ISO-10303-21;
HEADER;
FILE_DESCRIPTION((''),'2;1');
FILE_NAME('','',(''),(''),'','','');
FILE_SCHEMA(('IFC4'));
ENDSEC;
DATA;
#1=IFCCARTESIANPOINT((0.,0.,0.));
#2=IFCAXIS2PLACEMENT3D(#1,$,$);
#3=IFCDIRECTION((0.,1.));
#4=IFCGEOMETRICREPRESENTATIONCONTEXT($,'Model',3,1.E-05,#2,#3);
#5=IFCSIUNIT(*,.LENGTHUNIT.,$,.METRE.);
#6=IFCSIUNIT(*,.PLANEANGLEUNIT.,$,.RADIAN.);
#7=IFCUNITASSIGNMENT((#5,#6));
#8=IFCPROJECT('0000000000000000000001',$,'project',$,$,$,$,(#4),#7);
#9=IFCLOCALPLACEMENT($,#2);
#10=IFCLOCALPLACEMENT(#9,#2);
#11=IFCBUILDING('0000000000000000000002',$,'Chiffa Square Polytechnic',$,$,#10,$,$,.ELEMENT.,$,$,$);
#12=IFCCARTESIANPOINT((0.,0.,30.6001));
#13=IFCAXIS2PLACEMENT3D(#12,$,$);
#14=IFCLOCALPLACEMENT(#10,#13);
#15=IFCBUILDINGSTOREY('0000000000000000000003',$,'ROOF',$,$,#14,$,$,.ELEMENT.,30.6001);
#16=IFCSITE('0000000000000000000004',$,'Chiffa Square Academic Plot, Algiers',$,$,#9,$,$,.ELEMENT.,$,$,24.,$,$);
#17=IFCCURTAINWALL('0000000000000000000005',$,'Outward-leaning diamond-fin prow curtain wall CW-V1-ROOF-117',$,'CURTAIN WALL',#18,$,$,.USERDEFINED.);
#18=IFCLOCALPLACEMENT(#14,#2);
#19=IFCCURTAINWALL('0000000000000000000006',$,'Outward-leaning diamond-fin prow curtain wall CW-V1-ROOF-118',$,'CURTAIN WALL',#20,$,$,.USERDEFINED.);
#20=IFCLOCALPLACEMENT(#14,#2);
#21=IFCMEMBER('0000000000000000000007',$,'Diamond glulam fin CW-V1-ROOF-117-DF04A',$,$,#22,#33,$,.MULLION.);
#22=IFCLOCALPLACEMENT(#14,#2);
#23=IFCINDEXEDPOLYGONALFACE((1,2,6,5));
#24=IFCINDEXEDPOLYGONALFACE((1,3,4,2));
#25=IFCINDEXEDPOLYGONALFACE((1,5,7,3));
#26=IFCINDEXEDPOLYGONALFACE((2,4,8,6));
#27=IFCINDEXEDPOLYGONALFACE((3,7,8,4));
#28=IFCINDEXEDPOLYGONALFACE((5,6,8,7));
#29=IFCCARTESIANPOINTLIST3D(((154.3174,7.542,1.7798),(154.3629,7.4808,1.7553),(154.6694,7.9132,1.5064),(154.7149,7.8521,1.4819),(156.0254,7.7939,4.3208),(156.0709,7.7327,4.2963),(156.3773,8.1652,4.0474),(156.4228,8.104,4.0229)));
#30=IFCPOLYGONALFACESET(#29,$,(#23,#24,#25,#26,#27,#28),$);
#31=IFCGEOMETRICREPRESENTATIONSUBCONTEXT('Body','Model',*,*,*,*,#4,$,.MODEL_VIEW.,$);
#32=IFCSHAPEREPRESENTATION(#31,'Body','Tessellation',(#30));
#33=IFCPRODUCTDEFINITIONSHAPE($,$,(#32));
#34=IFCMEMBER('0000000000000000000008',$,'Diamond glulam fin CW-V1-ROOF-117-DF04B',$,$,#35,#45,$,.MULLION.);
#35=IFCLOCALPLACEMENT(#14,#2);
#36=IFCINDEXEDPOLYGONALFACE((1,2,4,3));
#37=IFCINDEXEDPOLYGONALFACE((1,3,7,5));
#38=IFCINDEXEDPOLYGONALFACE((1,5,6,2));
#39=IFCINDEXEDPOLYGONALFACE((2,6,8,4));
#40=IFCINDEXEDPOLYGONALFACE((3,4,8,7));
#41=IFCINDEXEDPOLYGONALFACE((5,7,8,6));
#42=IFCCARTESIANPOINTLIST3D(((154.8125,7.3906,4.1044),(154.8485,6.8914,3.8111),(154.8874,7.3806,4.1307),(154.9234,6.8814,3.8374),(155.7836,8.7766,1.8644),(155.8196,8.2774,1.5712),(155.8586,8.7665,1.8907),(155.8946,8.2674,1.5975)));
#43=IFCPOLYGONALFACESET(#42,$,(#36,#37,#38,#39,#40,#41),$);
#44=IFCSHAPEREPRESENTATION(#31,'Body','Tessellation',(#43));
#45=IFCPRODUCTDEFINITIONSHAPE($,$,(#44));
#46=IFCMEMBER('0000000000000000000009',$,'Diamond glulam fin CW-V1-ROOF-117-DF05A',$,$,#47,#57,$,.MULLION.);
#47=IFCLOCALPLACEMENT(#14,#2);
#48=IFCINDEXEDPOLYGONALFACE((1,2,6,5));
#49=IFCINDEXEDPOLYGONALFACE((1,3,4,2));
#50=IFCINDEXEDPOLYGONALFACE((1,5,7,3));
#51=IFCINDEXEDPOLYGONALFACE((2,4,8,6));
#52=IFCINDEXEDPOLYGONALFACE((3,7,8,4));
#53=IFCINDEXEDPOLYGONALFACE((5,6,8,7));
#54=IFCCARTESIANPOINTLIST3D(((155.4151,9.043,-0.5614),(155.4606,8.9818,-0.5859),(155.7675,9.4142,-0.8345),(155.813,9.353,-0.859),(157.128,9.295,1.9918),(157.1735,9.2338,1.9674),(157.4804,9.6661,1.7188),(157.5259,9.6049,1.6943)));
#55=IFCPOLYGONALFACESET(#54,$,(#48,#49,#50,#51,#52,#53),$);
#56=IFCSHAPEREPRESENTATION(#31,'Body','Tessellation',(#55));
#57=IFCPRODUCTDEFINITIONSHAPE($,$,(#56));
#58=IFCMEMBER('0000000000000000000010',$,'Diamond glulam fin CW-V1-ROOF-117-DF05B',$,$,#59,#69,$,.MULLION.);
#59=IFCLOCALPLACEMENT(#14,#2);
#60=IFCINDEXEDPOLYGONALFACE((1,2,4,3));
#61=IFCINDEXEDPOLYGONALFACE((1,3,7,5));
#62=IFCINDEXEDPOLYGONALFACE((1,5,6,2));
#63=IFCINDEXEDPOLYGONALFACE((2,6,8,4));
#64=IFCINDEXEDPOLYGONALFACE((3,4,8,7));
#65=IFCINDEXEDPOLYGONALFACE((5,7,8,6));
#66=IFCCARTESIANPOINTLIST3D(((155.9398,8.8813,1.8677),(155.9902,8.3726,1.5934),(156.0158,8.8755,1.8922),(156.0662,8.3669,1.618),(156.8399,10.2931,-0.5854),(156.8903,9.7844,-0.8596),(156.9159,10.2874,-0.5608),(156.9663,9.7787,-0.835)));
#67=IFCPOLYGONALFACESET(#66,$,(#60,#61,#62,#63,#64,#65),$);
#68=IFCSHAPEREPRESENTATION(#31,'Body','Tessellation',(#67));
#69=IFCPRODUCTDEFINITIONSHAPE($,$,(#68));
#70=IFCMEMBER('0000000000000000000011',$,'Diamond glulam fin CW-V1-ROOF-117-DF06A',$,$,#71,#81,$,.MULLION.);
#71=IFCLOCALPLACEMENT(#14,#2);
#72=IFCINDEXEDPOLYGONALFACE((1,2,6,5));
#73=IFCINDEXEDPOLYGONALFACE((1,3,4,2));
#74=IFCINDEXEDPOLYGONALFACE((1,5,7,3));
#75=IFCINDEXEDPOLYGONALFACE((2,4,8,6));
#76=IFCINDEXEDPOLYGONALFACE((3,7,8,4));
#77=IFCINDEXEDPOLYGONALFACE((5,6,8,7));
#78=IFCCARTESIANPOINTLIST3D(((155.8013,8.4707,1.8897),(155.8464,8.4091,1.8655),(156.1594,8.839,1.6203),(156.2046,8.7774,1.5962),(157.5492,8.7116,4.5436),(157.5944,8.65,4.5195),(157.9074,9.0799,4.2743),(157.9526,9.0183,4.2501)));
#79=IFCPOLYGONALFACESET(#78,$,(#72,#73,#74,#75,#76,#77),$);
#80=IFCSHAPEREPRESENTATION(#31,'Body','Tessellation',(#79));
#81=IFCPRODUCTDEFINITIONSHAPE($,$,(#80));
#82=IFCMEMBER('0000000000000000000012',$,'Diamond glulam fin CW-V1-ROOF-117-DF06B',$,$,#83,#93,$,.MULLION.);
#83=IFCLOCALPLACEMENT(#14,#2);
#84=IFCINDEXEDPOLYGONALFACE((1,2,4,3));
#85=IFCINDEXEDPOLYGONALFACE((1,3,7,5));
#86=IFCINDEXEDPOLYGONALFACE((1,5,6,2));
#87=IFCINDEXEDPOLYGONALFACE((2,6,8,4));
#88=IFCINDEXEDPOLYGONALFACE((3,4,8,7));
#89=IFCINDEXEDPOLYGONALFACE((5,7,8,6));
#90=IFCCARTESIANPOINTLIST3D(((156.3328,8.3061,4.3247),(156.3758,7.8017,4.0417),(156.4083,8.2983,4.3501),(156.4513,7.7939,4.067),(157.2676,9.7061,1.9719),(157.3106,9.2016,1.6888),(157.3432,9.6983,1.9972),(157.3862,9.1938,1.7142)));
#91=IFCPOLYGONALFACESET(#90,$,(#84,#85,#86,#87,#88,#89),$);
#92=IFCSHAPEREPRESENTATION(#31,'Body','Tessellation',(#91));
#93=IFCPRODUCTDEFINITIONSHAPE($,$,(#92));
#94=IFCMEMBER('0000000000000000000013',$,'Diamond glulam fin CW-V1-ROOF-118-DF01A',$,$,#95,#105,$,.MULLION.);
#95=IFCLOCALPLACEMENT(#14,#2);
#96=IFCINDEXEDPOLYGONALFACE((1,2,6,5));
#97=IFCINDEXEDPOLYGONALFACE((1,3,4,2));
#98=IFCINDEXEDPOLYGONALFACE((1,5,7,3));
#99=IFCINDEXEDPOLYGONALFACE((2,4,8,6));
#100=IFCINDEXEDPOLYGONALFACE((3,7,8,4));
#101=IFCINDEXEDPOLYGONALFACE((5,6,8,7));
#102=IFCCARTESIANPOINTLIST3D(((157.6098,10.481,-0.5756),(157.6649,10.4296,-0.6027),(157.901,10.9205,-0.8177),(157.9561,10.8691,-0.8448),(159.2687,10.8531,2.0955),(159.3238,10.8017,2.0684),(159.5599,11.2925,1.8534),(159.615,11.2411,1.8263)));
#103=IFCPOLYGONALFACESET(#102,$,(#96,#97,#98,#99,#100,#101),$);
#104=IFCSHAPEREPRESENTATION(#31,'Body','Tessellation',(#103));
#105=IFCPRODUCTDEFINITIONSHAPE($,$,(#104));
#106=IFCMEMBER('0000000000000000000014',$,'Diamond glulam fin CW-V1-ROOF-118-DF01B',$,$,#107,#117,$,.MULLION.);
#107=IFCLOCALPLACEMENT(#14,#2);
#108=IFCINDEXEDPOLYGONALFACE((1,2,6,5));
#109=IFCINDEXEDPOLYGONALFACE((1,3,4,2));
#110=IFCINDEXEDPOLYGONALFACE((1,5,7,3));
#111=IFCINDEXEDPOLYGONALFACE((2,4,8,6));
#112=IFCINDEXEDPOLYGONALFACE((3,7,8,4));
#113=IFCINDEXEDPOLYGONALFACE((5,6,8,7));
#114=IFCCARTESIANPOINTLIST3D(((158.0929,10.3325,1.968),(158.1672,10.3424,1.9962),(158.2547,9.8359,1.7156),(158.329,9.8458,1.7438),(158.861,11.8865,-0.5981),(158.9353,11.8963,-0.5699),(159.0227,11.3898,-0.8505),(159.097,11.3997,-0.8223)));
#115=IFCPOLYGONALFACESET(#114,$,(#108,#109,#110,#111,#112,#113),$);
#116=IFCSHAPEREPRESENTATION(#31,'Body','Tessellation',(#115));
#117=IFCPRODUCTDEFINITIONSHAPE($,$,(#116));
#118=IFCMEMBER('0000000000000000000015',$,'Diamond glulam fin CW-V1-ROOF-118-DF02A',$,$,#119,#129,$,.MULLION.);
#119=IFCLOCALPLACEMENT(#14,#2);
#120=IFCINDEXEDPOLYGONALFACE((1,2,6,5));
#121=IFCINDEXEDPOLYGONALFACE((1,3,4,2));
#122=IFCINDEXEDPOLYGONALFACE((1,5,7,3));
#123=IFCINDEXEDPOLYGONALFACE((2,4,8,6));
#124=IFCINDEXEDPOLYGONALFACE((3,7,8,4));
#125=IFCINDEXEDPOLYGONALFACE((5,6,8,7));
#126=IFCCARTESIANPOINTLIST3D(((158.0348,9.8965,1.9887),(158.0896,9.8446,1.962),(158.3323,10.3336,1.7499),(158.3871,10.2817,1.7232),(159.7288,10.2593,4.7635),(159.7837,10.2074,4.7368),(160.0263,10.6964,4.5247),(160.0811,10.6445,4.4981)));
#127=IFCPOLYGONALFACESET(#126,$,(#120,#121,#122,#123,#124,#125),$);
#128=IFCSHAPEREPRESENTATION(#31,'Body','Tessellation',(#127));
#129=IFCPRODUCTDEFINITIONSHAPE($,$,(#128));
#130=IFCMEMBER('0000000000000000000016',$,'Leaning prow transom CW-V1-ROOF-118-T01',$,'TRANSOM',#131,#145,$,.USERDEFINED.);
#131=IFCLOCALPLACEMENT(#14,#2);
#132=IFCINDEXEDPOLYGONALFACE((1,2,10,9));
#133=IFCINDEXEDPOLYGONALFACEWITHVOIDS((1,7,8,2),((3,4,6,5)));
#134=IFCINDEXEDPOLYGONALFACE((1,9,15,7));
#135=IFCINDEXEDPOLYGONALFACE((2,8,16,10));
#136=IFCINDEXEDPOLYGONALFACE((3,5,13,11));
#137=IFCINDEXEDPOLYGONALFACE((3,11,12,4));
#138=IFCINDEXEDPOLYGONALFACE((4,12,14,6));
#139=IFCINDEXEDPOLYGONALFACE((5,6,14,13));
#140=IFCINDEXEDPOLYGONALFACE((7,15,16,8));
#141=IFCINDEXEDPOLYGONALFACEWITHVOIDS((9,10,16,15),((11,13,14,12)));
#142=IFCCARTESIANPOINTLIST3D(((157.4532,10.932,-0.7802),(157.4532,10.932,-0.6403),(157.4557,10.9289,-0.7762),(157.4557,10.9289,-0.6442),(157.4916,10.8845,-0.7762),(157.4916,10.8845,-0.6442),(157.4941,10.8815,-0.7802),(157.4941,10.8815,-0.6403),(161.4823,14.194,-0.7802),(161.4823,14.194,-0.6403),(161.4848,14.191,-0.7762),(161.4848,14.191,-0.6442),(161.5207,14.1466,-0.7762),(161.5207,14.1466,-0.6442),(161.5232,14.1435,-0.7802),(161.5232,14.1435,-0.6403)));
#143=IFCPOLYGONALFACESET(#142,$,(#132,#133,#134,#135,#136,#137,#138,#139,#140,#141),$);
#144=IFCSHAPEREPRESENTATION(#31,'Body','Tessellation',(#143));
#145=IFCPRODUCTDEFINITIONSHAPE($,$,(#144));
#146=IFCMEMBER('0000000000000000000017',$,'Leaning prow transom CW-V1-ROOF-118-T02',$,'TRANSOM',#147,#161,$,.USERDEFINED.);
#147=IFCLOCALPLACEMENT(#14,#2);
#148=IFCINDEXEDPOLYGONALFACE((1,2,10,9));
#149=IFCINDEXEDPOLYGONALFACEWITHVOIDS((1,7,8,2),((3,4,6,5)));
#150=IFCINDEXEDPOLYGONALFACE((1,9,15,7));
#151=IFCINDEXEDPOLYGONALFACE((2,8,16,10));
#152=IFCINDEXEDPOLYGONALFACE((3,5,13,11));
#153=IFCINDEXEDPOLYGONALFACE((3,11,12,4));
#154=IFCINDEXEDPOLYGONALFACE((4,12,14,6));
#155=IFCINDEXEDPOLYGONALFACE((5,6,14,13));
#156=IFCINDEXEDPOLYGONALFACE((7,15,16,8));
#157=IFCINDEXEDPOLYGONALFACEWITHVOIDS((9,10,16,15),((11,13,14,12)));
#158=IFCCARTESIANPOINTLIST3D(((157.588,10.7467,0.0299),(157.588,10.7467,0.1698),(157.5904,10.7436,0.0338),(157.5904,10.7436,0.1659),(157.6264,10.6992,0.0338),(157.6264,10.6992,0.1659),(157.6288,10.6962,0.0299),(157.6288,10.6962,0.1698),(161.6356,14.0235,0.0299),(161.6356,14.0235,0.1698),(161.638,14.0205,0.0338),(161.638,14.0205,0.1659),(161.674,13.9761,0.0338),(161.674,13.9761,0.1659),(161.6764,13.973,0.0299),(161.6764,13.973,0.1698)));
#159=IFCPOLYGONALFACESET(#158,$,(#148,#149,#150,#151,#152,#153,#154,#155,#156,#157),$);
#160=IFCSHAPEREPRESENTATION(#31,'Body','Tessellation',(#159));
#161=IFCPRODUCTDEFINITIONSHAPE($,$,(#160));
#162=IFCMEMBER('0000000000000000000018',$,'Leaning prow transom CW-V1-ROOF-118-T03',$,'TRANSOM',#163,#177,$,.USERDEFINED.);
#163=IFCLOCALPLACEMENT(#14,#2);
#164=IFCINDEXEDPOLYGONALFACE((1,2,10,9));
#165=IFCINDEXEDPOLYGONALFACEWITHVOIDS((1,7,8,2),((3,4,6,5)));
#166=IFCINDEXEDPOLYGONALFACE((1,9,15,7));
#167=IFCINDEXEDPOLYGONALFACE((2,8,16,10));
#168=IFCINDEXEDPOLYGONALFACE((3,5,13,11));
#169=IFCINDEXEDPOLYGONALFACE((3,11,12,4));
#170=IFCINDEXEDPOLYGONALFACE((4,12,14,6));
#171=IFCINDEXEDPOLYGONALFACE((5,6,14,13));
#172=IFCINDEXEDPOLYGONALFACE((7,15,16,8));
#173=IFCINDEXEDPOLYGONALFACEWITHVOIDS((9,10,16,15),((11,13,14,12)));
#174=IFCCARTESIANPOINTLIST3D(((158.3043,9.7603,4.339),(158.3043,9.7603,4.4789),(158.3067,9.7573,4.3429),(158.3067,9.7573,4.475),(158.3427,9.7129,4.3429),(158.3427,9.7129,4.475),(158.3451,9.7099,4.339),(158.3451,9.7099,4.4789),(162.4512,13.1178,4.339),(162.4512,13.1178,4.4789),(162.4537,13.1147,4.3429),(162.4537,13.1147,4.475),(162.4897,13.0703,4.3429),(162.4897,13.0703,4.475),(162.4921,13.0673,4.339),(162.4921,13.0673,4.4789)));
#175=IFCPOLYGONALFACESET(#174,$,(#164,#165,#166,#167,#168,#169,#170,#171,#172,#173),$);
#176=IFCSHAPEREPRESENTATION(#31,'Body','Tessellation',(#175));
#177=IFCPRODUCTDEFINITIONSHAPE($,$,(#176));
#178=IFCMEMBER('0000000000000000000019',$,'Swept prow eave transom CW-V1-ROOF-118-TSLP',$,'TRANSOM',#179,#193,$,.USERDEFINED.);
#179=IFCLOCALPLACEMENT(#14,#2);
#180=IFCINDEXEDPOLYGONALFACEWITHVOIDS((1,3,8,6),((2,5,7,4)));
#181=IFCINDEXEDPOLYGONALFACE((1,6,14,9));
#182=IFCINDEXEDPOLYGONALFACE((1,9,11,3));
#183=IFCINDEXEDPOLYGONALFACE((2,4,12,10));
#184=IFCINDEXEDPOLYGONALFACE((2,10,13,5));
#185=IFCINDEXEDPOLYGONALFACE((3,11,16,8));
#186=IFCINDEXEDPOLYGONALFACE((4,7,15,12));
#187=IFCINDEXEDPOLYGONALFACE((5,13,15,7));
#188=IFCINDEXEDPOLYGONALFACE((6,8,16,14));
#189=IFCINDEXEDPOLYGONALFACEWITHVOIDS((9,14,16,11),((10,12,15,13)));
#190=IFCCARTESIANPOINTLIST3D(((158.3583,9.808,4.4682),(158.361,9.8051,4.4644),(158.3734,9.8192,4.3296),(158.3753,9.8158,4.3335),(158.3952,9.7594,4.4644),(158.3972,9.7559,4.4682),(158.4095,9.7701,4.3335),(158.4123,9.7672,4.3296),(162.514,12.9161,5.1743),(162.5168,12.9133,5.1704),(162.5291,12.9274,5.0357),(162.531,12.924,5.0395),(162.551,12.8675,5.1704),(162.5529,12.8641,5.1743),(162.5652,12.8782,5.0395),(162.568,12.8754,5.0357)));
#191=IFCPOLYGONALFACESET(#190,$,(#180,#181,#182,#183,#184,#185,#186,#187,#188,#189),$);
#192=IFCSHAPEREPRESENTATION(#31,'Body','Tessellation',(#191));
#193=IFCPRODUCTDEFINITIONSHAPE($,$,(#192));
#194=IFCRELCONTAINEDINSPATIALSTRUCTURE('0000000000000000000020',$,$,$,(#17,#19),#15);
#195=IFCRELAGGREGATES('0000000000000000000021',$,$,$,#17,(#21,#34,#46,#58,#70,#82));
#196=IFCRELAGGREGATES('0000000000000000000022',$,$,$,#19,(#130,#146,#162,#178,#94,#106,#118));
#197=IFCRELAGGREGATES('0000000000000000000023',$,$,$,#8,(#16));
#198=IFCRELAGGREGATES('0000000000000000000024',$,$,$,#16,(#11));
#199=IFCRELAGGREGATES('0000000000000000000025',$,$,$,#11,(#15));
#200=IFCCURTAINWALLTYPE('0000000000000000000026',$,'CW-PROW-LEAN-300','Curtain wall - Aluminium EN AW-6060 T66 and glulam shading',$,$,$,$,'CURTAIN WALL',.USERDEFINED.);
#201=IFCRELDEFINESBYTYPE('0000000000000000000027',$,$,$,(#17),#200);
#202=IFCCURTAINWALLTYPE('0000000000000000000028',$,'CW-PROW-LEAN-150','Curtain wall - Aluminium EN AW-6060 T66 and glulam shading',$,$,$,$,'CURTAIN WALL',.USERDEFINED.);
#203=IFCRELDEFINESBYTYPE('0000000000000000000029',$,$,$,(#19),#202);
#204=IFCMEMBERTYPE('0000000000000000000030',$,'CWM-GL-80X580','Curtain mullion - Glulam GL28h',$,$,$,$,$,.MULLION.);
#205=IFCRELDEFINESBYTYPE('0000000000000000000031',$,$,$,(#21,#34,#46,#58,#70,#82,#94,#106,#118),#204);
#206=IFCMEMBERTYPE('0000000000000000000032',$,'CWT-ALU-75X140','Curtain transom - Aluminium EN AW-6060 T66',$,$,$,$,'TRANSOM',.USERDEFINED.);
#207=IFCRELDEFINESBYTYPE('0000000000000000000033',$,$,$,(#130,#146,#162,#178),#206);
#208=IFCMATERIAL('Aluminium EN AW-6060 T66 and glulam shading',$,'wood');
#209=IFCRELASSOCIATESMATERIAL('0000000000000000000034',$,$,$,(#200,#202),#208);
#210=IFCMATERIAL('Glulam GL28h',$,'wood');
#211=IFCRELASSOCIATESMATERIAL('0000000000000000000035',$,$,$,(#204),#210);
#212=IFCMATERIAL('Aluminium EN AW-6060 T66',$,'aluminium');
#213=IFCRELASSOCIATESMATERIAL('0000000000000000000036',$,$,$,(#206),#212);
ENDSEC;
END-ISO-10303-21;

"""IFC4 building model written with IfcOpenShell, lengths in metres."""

from ifc_helpers import new_model, si_unit, direction, frame, origin, origin_2d, place, context, subcontext, project, spatial, rectangle, hollow_rectangle, extrude, material, material_profile, profile_set, type_object, element, aggregate, save


model = new_model("IFC4")

# Units and contexts
model_context = context("Model", 3, precision=1e-05, world=origin(), true_north=direction((0.0, 1.0)))
body_context = subcontext(model_context, "Body", "Model", "MODEL_VIEW")
ifc_project = project(units=[si_unit("LENGTHUNIT", "METRE"), si_unit("PLANEANGLEUNIT", "RADIAN")], contexts=[model_context])

# Site, building, storey
site_placement = place(None, origin())
site = spatial("IfcSite", under=ifc_project, at=site_placement, Name="Chiffa Square Academic Plot, Algiers", CompositionType="ELEMENT", RefElevation=24.0)
building_placement = place(site_placement, origin())
building = spatial("IfcBuilding", under=site, at=building_placement, Name="Chiffa Square Polytechnic", CompositionType="ELEMENT")
storey_placement = place(building_placement, frame((0.0, 0.0, 30.6001)))
storey = spatial("IfcBuildingStorey", under=building, at=storey_placement, Name="ROOF", CompositionType="ELEMENT", Elevation=30.6001)

# Curtain walls
ifc_material_1 = material(Name="Aluminium EN AW-6060 T66 and glulam shading", Category="wood")
curtain_wall_type_1 = type_object("IfcCurtainWallType", Name="CW-PROW-LEAN-300", Description="Curtain wall - Aluminium EN AW-6060 T66 and glulam shading", ElementType="CURTAIN WALL", PredefinedType="USERDEFINED", material=ifc_material_1)
curtain_wall_1_placement = place(storey_placement, origin())
curtain_wall_1 = element("IfcCurtainWall", 1, at=curtain_wall_1_placement, inside=storey, type_object=curtain_wall_type_1, Name="Outward-leaning diamond-fin prow curtain wall CW-V1-ROOF-117", ObjectType="CURTAIN WALL", PredefinedType="USERDEFINED")
ifc_material_2 = material(Name="Aluminium EN AW-6060 T66", Category="aluminium")
curtain_wall_type_2 = type_object("IfcCurtainWallType", Name="CW-PROW-LEAN-150", Description="Curtain wall - Aluminium EN AW-6060 T66 and glulam shading", ElementType="CURTAIN WALL", PredefinedType="USERDEFINED", material=ifc_material_1)
curtain_wall_2_placement = place(storey_placement, origin())
curtain_wall_2 = element("IfcCurtainWall", 2, at=curtain_wall_2_placement, inside=storey, type_object=curtain_wall_type_2, Name="Outward-leaning diamond-fin prow curtain wall CW-V1-ROOF-118", ObjectType="CURTAIN WALL", PredefinedType="USERDEFINED")

# Members
ifc_material_3 = material(Name="Glulam GL28h", Category="wood")
ifc_material_profile_1 = material_profile(ifc_material_3, rectangle(XDim=0.0801, YDim=0.5801, at=origin_2d()), Name="GL28h 80x580")
ifc_profile_set_1 = profile_set([ifc_material_profile_1], Name="Glulam GL28h")
member_type_1 = type_object("IfcMemberType", Name="CWM-GL-80X580", Description="Curtain mullion - Glulam GL28h", PredefinedType="MULLION", material=ifc_profile_set_1)
member_1_placement = place(storey_placement, frame((154.5161, 7.697, 1.6309), z_axis=(0.555982, 0.082014, 0.827138), x_axis=(-0.568059, 0.76395, 0.306086)))
member_1 = element("IfcMember", 3, at=member_1_placement, type_object=member_type_1, Name="Diamond glulam fin CW-V1-ROOF-117-DF04A", PredefinedType="MULLION", context=body_context, shape_type="SweptSolid", body=[
    extrude(rectangle(XDim=0.0801, YDim=0.5801, at=origin_2d()), origin(), (0.0, 0.0, 1.0), 3.072),
])
member_2_placement = place(storey_placement, frame((155.8391, 8.522, 1.731), z_axis=(-0.345935, -0.493683, 0.797876), x_axis=(0.936206, -0.125399, 0.32832)))
member_2 = element("IfcMember", 4, at=member_2_placement, type_object=member_type_1, Name="Diamond glulam fin CW-V1-ROOF-117-DF04B", PredefinedType="MULLION", context=body_context, shape_type="SweptSolid", body=[
    extrude(rectangle(XDim=0.0801, YDim=0.5801, at=origin_2d()), origin(), (0.0, 0.0, 1.0), 2.8074),
])
member_3_placement = place(storey_placement, frame((155.614, 9.198, -0.7102), z_axis=(0.555255, 0.081674, 0.82766), x_axis=(-0.568026, 0.764143, 0.305668)))
member_3 = element("IfcMember", 5, at=member_3_placement, type_object=member_type_1, Name="Diamond glulam fin CW-V1-ROOF-117-DF05A", PredefinedType="MULLION", context=body_context, shape_type="SweptSolid", body=[
    extrude(rectangle(XDim=0.0801, YDim=0.5801, at=origin_2d()), origin(), (0.0, 0.0, 1.0), 3.085),
])
member_4_placement = place(storey_placement, frame((156.9031, 10.0359, -0.7102), z_axis=(-0.30307, -0.475361, 0.825942), x_axis=(0.949002, -0.071555, 0.307043)))
member_4 = element("IfcMember", 6, at=member_4_placement, type_object=member_type_1, Name="Diamond glulam fin CW-V1-ROOF-117-DF05B", PredefinedType="MULLION", context=body_context, shape_type="SweptSolid", body=[
    extrude(rectangle(XDim=0.0801, YDim=0.5801, at=origin_2d()), origin(), (0.0, 0.0, 1.0), 2.97),
])
member_5_placement = place(storey_placement, frame((156.0029, 8.624, 1.7429), z_axis=(0.548472, 0.075606, 0.832743), x_axis=(-0.563823, 0.768879, 0.301544)))
member_5 = element("IfcMember", 7, at=member_5_placement, type_object=member_type_1, Name="Diamond glulam fin CW-V1-ROOF-117-DF06A", PredefinedType="MULLION", context=body_context, shape_type="SweptSolid", body=[
    extrude(rectangle(XDim=0.0801, YDim=0.5801, at=origin_2d()), origin(), (0.0, 0.0, 1.0), 3.187),
])
member_6_placement = place(storey_placement, frame((157.3269, 9.45, 1.843), z_axis=(-0.323135, -0.4839, 0.81328), x_axis=(0.943443, -0.09738, 0.31691)))
member_6 = element("IfcMember", 8, at=member_6_placement, type_object=member_type_1, Name="Diamond glulam fin CW-V1-ROOF-117-DF06B", PredefinedType="MULLION", context=body_context, shape_type="SweptSolid", body=[
    extrude(rectangle(XDim=0.0801, YDim=0.5801, at=origin_2d()), origin(), (0.0, 0.0, 1.0), 2.8931),
])
member_7_placement = place(storey_placement, frame((157.783, 10.675, -0.7102), z_axis=(0.523934, 0.117509, 0.843614), x_axis=(-0.688109, 0.642121, 0.337913)))
member_7 = element("IfcMember", 9, at=member_7_placement, type_object=member_type_1, Name="Diamond glulam fin CW-V1-ROOF-118-DF01A", PredefinedType="MULLION", context=body_context, shape_type="SweptSolid", body=[
    extrude(rectangle(XDim=0.0801, YDim=0.5801, at=origin_2d()), origin(), (0.0, 0.0, 1.0), 3.1663),
])
member_8_placement = place(storey_placement, frame((158.979, 11.6431, -0.7102), z_axis=(-0.248023, -0.501801, 0.828662), x_axis=(0.927763, 0.123155, 0.352262)))
member_8 = element("IfcMember", 10, at=member_8_placement, type_object=member_type_1, Name="Diamond glulam fin CW-V1-ROOF-118-DF01B", PredefinedType="MULLION", context=body_context, shape_type="SweptSolid", body=[
    extrude(rectangle(XDim=0.0801, YDim=0.5801, at=origin_2d()), origin(), (0.0, 0.0, 1.0), 3.0967),
])
member_9_placement = place(storey_placement, frame((158.2109, 10.0891, 1.856), z_axis=(0.517859, 0.110901, 0.848247), x_axis=(-0.684721, 0.648132, 0.333289)))
member_9 = element("IfcMember", 11, at=member_9_placement, type_object=member_type_1, Name="Diamond glulam fin CW-V1-ROOF-118-DF02A", PredefinedType="MULLION", context=body_context, shape_type="SweptSolid", body=[
    extrude(rectangle(XDim=0.0801, YDim=0.5801, at=origin_2d()), origin(), (0.0, 0.0, 1.0), 3.2712),
])
ifc_material_profile_2 = material_profile(ifc_material_2, hollow_rectangle(XDim=0.0649, YDim=0.1399, WallThickness=0.0039, at=origin_2d()), Name="ALU 65x140x4")
ifc_profile_set_2 = profile_set([ifc_material_profile_2], Name="Aluminium EN AW-6060 T66")
member_type_2 = type_object("IfcMemberType", Name="CWT-ALU-75X140", Description="Curtain transom - Aluminium EN AW-6060 T66", ElementType="TRANSOM", PredefinedType="USERDEFINED", material=ifc_profile_set_2)
member_10_placement = place(storey_placement, frame((157.4736, 10.9067, -0.7102), z_axis=(0.777212, 0.629239, 0.0), x_axis=(-0.629239, 0.777212, 0.0)))
member_10 = element("IfcMember", 12, at=member_10_placement, type_object=member_type_2, Name="Leaning prow transom CW-V1-ROOF-118-T01", ObjectType="TRANSOM", PredefinedType="USERDEFINED", context=body_context, shape_type="SweptSolid", body=[
    extrude(hollow_rectangle(XDim=0.0649, YDim=0.1399, WallThickness=0.0039, at=origin_2d()), origin(), (0.0, 0.0, 1.0), 5.1841),
])
member_11_placement = place(storey_placement, frame((157.6084, 10.7214, 0.0999), z_axis=(0.777224, 0.629224, 0.0), x_axis=(-0.629224, 0.777224, 0.0)))
member_11 = element("IfcMember", 13, at=member_11_placement, type_object=member_type_2, Name="Leaning prow transom CW-V1-ROOF-118-T02", ObjectType="TRANSOM", PredefinedType="USERDEFINED", context=body_context, shape_type="SweptSolid", body=[
    extrude(hollow_rectangle(XDim=0.0649, YDim=0.1399, WallThickness=0.0039, at=origin_2d()), origin(), (0.0, 0.0, 1.0), 5.2078),
])
member_12_placement = place(storey_placement, frame((158.3247, 9.7351, 4.4089), z_axis=(0.777213, 0.629238, 0.0), x_axis=(-0.629238, 0.777213, 0.0)))
member_12 = element("IfcMember", 14, at=member_12_placement, type_object=member_type_2, Name="Leaning prow transom CW-V1-ROOF-118-T03", ObjectType="TRANSOM", PredefinedType="USERDEFINED", context=body_context, shape_type="SweptSolid", body=[
    extrude(hollow_rectangle(XDim=0.0649, YDim=0.1399, WallThickness=0.0039, at=origin_2d()), origin(), (0.0, 0.0, 1.0), 5.3357),
])
member_13_placement = place(storey_placement, frame((158.3853, 9.7876, 4.3989), z_axis=(0.793491, 0.593463, 0.134812), x_axis=(-0.598931, 0.800801, 0.0)))
member_13 = element("IfcMember", 15, at=member_13_placement, type_object=member_type_2, Name="Swept prow eave transom CW-V1-ROOF-118-TSLP", ObjectType="TRANSOM", PredefinedType="USERDEFINED", context=body_context, shape_type="SweptSolid", body=[
    extrude(hollow_rectangle(XDim=0.0649, YDim=0.1399, WallThickness=0.0039, at=origin_2d()), origin(), (0.0, 0.0, 1.0), 5.2373),
])

aggregate(curtain_wall_1, [member_1, member_2, member_3, member_4, member_5, member_6])
aggregate(curtain_wall_2, [member_10, member_11, member_12, member_13, member_7, member_8, member_9])

save(model, "model.ifc")
